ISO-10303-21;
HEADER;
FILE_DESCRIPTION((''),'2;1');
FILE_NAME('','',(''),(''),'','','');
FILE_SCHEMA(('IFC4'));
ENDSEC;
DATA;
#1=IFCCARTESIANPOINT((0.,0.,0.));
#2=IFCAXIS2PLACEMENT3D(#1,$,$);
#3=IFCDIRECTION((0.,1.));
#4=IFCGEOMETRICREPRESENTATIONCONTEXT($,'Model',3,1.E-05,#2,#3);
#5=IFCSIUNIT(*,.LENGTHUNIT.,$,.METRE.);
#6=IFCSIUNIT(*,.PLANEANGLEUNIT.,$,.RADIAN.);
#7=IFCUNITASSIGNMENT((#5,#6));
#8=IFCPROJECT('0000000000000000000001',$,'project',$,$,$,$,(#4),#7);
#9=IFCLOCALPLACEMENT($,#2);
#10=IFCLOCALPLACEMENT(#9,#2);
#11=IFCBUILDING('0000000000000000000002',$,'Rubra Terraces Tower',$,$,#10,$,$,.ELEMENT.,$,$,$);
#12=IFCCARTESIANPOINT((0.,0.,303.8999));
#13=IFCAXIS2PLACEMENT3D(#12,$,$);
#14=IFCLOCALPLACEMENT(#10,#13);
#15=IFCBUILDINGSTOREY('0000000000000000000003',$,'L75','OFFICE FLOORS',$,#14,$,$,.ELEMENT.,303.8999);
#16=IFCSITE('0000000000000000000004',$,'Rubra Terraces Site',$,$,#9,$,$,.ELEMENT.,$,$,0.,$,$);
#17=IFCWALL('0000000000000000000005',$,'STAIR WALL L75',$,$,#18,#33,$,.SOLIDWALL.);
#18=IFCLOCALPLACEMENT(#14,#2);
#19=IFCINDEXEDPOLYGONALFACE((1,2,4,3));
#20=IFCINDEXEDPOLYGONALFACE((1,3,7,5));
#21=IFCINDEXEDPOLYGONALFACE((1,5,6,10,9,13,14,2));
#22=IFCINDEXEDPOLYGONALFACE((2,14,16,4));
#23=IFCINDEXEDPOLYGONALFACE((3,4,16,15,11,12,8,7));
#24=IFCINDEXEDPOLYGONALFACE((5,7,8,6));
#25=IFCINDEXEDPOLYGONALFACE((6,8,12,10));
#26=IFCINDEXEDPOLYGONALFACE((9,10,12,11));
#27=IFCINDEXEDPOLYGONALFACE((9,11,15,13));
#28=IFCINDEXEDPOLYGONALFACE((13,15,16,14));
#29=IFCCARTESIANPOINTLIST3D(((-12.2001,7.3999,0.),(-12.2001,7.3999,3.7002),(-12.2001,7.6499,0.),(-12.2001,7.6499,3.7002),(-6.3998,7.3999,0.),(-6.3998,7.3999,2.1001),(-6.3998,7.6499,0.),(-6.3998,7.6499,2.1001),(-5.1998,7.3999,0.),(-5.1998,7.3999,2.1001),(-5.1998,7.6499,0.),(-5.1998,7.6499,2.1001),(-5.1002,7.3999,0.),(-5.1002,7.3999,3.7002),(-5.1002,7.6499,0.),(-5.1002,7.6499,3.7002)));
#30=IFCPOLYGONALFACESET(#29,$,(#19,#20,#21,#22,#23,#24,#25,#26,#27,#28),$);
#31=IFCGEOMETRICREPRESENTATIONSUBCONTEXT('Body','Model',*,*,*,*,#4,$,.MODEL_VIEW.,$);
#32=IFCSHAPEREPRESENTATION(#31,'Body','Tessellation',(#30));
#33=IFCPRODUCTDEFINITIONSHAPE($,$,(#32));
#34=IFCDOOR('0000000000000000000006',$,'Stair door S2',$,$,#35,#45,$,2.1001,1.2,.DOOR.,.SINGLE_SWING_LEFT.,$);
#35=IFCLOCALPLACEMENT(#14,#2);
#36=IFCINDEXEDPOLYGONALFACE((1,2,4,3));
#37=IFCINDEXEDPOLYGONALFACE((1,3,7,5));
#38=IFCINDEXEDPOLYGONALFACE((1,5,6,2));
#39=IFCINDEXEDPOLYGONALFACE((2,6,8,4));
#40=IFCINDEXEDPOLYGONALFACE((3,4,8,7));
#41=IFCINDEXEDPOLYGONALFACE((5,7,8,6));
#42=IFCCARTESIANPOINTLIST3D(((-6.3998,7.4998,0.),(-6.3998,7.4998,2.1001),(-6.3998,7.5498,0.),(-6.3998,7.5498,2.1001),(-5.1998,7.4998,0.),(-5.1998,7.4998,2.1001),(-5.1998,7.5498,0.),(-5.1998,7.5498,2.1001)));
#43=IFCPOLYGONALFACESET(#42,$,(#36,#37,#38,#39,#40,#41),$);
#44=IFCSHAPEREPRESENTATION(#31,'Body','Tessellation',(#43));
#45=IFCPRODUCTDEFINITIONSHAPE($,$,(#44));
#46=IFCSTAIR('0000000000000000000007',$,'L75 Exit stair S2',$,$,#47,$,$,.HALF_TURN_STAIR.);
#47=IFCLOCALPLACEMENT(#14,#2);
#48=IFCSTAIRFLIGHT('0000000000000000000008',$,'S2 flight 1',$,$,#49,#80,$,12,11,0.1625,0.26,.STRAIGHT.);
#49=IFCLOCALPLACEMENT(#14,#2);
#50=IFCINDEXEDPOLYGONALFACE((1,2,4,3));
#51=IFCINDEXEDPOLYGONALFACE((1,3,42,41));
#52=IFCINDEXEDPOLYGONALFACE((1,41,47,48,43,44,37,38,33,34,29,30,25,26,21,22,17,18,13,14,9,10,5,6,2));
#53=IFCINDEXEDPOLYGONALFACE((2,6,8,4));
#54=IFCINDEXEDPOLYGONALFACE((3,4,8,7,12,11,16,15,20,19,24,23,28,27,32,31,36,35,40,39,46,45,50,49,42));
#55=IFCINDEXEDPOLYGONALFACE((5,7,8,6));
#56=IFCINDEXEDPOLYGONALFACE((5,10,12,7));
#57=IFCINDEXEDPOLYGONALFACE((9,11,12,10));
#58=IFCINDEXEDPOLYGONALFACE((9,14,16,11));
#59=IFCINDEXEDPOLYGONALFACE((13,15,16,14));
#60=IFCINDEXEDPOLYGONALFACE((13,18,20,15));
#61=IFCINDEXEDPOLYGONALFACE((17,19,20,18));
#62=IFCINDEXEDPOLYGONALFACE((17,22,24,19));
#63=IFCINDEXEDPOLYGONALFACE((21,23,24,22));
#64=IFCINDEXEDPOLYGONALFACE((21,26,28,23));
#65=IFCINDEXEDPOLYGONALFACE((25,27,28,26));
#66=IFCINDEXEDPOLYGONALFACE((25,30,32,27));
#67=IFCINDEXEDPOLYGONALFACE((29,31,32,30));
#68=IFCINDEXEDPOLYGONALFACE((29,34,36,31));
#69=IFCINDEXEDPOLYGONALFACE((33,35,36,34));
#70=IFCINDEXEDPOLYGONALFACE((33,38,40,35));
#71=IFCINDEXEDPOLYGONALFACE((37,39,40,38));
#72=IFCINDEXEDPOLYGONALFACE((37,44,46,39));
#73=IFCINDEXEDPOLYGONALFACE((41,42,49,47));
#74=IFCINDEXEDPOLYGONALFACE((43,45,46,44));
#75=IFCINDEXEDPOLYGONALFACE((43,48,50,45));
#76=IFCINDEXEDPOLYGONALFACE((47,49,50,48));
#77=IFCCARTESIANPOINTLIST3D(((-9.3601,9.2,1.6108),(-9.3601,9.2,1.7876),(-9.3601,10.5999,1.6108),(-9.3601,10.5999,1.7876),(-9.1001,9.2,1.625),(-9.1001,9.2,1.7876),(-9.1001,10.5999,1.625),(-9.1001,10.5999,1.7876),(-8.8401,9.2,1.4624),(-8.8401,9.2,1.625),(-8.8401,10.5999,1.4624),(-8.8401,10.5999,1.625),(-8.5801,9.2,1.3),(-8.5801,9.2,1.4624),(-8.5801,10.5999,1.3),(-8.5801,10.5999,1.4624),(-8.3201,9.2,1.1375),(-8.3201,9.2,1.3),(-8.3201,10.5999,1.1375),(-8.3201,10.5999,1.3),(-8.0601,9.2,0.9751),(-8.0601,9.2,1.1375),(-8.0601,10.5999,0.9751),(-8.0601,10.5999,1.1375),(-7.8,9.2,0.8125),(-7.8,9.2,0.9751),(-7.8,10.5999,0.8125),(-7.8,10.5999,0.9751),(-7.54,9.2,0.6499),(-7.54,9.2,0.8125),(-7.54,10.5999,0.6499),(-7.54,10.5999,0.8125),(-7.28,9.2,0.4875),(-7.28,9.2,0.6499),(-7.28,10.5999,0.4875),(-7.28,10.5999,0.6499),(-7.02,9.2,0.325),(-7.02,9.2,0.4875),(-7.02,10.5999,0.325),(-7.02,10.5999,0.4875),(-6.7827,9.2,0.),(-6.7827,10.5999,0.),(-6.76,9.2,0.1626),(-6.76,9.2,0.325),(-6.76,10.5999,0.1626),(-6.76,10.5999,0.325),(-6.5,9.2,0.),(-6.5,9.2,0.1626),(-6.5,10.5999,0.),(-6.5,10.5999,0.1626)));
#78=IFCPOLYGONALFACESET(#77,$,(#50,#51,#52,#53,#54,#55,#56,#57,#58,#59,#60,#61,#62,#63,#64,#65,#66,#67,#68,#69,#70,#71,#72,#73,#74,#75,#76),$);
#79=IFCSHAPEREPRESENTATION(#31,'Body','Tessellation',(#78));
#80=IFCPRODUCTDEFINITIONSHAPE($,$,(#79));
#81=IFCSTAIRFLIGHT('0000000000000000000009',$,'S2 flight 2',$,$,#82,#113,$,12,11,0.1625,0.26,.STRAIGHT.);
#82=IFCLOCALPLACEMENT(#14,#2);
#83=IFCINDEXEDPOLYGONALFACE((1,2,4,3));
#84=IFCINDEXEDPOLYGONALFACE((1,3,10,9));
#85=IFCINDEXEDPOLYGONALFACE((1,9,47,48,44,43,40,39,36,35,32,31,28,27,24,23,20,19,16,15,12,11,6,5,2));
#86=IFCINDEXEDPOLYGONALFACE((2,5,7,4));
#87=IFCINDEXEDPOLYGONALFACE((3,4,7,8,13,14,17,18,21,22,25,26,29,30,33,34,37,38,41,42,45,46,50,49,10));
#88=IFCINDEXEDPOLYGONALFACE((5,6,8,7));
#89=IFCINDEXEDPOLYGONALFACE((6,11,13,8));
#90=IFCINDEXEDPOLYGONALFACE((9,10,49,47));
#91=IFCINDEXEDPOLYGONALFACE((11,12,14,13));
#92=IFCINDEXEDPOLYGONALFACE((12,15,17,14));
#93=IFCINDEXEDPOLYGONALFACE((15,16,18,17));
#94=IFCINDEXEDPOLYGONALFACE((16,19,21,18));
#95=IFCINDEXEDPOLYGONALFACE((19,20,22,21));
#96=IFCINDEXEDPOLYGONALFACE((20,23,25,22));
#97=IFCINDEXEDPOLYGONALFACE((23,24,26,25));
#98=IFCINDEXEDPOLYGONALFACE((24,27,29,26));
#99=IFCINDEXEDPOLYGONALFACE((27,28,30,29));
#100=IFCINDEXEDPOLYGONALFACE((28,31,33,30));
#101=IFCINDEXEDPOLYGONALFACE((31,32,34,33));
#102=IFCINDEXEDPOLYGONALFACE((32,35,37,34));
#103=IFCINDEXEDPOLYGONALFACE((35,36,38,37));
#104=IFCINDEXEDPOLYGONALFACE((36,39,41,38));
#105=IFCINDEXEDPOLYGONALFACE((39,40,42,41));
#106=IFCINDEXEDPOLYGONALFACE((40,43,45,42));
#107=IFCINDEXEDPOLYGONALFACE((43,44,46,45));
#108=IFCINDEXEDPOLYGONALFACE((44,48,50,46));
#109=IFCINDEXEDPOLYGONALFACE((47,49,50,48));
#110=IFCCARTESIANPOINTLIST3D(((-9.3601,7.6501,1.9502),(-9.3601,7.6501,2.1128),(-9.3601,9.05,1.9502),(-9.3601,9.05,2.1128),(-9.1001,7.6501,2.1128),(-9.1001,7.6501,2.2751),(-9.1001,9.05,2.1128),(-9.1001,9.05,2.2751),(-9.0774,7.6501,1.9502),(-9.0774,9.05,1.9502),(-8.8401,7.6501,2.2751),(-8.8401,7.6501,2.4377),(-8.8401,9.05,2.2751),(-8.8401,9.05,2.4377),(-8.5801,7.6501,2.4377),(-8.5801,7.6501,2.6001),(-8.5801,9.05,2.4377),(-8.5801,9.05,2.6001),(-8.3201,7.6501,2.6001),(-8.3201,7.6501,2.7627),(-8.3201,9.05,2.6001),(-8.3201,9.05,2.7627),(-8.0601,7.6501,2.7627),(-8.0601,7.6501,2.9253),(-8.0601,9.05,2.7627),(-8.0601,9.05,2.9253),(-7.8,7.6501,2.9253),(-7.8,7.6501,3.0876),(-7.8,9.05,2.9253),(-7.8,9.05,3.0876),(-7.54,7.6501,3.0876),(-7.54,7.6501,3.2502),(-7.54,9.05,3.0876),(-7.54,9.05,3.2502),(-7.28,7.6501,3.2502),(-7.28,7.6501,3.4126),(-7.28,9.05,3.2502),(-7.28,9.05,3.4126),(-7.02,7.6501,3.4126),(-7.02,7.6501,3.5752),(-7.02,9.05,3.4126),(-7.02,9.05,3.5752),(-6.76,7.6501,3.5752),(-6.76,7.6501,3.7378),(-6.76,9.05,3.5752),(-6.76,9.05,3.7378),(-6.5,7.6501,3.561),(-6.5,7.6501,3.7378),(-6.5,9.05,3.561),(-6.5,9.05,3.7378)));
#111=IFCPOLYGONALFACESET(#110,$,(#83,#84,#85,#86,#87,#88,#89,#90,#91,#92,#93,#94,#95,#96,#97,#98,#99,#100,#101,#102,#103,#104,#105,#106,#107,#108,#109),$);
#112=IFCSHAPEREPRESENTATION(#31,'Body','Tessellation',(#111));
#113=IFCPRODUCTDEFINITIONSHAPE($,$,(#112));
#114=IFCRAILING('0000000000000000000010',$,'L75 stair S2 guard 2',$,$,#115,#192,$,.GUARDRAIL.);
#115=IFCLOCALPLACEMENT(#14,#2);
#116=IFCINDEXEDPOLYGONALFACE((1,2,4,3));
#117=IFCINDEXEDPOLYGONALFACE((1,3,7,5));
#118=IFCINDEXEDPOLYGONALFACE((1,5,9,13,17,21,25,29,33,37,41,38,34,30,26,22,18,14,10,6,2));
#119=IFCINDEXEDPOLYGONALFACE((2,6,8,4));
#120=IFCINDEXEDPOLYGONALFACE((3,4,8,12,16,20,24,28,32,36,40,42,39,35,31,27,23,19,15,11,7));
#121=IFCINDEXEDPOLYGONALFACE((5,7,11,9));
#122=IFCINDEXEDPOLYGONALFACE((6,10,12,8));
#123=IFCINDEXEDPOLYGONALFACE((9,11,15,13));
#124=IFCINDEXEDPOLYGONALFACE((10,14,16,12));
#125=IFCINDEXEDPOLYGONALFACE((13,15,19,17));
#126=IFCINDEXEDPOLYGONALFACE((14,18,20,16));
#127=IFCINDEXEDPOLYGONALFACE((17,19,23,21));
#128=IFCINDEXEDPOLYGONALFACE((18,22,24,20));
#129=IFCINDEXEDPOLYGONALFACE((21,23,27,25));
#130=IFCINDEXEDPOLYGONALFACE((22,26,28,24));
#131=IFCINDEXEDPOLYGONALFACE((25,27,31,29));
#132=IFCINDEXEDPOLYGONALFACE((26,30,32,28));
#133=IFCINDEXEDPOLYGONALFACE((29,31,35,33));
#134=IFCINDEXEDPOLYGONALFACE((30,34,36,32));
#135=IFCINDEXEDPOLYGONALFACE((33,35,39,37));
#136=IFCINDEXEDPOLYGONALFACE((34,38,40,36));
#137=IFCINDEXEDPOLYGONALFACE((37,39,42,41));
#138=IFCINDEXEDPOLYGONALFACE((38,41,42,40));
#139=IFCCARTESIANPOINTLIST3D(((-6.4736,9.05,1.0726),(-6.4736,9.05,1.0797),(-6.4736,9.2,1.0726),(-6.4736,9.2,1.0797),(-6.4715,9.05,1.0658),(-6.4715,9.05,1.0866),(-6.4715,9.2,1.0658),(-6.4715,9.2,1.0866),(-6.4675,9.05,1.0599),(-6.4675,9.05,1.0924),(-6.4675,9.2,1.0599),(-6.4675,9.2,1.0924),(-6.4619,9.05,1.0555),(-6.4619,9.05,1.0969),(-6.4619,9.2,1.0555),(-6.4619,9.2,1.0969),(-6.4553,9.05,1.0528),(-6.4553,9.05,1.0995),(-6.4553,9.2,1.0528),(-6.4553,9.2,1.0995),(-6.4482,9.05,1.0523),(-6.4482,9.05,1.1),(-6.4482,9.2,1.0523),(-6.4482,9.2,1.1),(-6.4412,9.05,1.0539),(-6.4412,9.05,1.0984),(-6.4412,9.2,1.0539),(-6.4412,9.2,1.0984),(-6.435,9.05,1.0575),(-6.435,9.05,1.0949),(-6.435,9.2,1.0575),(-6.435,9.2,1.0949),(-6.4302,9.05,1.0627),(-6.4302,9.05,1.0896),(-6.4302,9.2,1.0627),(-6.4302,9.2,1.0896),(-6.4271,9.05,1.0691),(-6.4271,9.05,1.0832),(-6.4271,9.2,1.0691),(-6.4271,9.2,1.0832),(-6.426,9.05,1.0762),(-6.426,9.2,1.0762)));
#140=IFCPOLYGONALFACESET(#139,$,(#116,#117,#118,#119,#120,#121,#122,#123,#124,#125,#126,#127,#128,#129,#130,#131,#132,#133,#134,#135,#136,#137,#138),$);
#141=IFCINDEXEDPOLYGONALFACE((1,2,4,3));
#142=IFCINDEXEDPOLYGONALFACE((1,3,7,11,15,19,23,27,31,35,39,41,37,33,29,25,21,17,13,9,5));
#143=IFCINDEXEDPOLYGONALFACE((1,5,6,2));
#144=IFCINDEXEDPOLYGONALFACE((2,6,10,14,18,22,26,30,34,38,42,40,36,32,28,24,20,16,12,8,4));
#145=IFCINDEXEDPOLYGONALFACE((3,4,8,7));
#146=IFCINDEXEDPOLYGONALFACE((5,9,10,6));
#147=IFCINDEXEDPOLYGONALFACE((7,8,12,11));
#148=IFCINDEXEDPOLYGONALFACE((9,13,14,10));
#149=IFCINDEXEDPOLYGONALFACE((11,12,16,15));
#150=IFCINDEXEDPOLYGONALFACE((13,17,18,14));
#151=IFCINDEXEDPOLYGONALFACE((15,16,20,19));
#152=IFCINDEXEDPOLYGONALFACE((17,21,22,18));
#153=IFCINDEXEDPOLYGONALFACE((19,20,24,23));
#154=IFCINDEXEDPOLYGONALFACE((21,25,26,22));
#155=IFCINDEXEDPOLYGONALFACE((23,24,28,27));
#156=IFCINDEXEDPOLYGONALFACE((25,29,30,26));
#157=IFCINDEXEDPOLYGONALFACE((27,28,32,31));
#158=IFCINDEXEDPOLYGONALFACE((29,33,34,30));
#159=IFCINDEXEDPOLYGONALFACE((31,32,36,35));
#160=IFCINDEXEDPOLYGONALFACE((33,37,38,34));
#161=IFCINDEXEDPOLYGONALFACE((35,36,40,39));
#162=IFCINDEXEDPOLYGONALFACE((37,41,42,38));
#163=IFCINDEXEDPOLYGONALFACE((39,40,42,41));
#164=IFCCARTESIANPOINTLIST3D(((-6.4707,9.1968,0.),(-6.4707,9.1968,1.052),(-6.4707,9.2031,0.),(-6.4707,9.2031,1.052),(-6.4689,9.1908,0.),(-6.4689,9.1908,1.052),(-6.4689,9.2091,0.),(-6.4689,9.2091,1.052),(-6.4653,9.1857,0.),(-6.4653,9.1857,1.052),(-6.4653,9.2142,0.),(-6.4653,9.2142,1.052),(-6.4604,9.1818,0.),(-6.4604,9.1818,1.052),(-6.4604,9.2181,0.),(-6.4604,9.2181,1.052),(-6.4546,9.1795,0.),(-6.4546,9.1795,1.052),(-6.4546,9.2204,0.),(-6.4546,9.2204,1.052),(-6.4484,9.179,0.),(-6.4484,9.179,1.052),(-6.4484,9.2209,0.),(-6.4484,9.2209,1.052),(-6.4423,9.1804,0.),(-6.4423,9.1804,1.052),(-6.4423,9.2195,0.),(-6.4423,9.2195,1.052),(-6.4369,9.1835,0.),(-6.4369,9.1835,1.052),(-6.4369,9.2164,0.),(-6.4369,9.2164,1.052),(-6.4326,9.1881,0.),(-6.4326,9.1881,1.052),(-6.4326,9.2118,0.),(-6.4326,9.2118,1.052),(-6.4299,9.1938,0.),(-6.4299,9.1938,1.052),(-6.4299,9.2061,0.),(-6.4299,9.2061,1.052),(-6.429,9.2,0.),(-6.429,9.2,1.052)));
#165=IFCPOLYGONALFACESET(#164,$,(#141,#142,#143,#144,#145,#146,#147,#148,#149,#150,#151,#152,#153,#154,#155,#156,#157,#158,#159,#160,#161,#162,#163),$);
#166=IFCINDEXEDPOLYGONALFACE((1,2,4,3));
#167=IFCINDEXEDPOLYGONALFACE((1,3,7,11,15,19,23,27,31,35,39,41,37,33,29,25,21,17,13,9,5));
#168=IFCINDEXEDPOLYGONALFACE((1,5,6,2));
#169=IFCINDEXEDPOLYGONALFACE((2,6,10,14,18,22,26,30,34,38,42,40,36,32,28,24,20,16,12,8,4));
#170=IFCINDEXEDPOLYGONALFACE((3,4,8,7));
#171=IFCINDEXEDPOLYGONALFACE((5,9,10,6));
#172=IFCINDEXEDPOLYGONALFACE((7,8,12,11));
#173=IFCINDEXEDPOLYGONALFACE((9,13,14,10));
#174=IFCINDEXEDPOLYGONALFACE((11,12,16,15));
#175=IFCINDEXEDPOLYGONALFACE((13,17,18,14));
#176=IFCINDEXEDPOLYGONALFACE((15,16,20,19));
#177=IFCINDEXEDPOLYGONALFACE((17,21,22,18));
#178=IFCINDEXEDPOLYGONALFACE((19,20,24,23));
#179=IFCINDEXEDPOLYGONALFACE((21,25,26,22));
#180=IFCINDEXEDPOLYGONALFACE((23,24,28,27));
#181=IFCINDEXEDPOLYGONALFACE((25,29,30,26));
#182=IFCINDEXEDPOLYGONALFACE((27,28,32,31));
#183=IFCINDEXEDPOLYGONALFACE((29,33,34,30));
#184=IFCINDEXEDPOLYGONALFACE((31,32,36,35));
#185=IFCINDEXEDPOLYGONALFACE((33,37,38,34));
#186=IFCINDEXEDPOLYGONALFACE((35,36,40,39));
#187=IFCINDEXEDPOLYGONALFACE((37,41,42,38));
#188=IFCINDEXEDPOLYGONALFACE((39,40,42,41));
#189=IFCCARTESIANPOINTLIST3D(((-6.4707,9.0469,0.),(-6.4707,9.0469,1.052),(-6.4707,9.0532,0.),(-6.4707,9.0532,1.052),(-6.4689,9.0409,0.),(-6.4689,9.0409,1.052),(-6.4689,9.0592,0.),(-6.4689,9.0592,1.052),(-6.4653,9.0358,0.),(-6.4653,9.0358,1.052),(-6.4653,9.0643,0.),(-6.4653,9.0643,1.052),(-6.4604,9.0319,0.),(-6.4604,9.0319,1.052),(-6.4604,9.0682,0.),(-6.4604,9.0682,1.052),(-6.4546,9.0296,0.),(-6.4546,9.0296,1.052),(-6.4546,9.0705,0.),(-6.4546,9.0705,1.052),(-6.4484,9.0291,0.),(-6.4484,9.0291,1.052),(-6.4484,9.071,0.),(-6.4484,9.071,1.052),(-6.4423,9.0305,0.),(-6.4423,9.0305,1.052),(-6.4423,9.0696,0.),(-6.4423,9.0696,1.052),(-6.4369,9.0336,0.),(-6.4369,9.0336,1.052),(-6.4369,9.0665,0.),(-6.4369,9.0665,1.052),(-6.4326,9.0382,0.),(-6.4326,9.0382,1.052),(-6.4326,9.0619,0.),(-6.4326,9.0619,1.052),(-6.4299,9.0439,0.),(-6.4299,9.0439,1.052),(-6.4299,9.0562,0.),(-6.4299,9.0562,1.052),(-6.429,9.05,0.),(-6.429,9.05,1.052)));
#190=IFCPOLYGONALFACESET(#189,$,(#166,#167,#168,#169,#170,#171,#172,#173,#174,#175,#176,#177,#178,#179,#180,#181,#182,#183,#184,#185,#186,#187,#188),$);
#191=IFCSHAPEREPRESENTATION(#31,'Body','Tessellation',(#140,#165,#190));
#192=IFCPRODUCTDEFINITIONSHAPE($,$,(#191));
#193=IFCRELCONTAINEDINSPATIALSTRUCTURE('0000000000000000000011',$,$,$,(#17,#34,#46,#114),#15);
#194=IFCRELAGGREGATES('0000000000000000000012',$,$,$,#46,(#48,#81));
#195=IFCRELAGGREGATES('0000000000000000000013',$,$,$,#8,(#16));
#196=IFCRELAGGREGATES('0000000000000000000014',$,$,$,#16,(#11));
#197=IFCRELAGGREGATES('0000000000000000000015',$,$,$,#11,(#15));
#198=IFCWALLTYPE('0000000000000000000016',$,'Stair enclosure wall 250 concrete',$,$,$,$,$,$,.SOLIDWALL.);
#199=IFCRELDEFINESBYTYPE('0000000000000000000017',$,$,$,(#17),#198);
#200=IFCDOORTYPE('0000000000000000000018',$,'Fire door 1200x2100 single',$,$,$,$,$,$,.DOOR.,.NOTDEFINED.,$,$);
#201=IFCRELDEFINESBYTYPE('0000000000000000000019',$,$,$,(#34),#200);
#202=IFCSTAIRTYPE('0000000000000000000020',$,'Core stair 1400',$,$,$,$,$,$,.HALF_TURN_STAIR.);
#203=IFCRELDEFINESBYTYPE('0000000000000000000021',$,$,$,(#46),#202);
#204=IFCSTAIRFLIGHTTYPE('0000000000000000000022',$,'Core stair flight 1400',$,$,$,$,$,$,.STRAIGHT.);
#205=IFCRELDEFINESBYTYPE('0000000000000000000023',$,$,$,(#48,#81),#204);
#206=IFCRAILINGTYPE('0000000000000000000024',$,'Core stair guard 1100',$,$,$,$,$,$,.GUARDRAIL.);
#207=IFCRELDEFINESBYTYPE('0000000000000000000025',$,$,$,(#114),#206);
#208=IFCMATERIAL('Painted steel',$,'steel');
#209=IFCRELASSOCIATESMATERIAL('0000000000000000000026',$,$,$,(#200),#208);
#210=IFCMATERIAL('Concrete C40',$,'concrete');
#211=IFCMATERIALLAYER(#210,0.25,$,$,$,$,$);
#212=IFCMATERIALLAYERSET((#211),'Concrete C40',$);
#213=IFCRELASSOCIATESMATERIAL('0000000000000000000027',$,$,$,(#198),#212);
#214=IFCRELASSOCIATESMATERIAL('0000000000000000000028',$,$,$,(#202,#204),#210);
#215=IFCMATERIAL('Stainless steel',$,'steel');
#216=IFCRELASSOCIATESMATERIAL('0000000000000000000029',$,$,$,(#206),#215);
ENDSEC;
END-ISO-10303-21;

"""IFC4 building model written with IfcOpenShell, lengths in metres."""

from ifc_helpers import new_model, si_unit, direction, frame, frame_2d, origin, origin_2d, place, context, subcontext, project, spatial, polyline, rectangle, circle, outline, extrude, material, layer, layer_set, type_object, element, fill, aggregate, save


model = new_model("IFC4")

# Units and contexts
model_context = context("Model", 3, precision=1e-05, world=origin(), true_north=direction((0.0, 1.0)))
body_context = subcontext(model_context, "Body", "Model", "MODEL_VIEW")
ifc_project = project(units=[si_unit("LENGTHUNIT", "METRE"), si_unit("PLANEANGLEUNIT", "RADIAN")], contexts=[model_context])

# Site, building, storey
site_placement = place(None, origin())
site = spatial("IfcSite", under=ifc_project, at=site_placement, Name="Rubra Terraces Site", CompositionType="ELEMENT", RefElevation=0.0)
building_placement = place(site_placement, origin())
building = spatial("IfcBuilding", under=site, at=building_placement, Name="Rubra Terraces Tower", CompositionType="ELEMENT")
storey_placement = place(building_placement, frame((0.0, 0.0, 303.8999)))
storey = spatial("IfcBuildingStorey", under=building, at=storey_placement, Name="L75", Description="OFFICE FLOORS", CompositionType="ELEMENT", Elevation=303.8999)

# Shared definitions
ifc_material_1 = material(Name="Concrete C40", Category="concrete")

# Shared definitions
ifc_material_2 = material(Name="Painted steel", Category="steel")
door_type_1 = type_object("IfcDoorType", Name="Fire door 1200x2100 single", OperationType="NOTDEFINED", PredefinedType="DOOR", material=ifc_material_2)
ifc_material_3 = material(Name="Stainless steel", Category="steel")

# Wall, opening, door
ifc_layer_1 = layer(ifc_material_1, 0.25)
ifc_layer_set_1 = layer_set([ifc_layer_1], Name="Concrete C40")
wall_type_1 = type_object("IfcWallType", Name="Stair enclosure wall 250 concrete", PredefinedType="SOLIDWALL", material=ifc_layer_set_1)
wall_1_placement = place(storey_placement, frame((-12.2, 7.5249, 0.0), z_axis=(0.0, 0.0, 1.0), x_axis=(1.0, 0.0, 0.0)))
wall_1 = element("IfcWall", 1, at=wall_1_placement, inside=storey, type_object=wall_type_1, Name="STAIR WALL L75", PredefinedType="SOLIDWALL", context=body_context, shape_type="SweptSolid", body=[
    extrude(rectangle(XDim=7.0999, YDim=0.25, at=frame_2d((3.5498, 0.0))), origin(), (0.0, 0.0, 1.0), 3.7002),
])
opening_1_placement = place(wall_1_placement, frame((5.8, 0.0, 0.0)))
opening_1 = element("IfcOpeningElement", 2, at=opening_1_placement, cuts=wall_1, PredefinedType="OPENING", context=body_context, shape_type="SweptSolid", body=[
    extrude(rectangle(XDim=1.2, YDim=2.1001, at=frame_2d((0.6001, 1.05))), frame((0.0, 0.135, 0.0), z_axis=(0.0, -1.0, 0.0), x_axis=(1.0, 0.0, 0.0)), (0.0, 0.0, 1.0), 0.27),
])
door_1_placement = place(opening_1_placement, origin())
door_1 = element("IfcDoor", 3, at=door_1_placement, inside=storey, type_object=door_type_1, Name="Stair door S2", OperationType="SINGLE_SWING_LEFT", OverallHeight=2.1001, OverallWidth=1.2, PredefinedType="DOOR", context=body_context, shape_type="SweptSolid", body=[
    extrude(rectangle(XDim=1.2, YDim=2.1001, at=frame_2d((0.6001, 1.05))), frame((0.0, 0.0249, 0.0), z_axis=(0.0, -1.0, 0.0), x_axis=(1.0, 0.0, 0.0)), (0.0, 0.0, 1.0), 0.05),
])
fill(opening_1, door_1)

# Stair, stair flights
stair_type = type_object("IfcStairType", Name="Core stair 1400", PredefinedType="HALF_TURN_STAIR", material=ifc_material_1)
stair_placement = place(storey_placement, origin())
stair = element("IfcStair", 4, at=stair_placement, inside=storey, type_object=stair_type, Name="L75 Exit stair S2", PredefinedType="HALF_TURN_STAIR")
stair_flight_type = type_object("IfcStairFlightType", Name="Core stair flight 1400", PredefinedType="STRAIGHT", material=ifc_material_1)
stair_flight_1_placement = place(storey_placement, frame((-6.5, 9.8999, 0.0), z_axis=(0.0, 0.0, 1.0), x_axis=(-1.0, 0.0, 0.0)))
stair_flight_1 = element("IfcStairFlight", 5, at=stair_flight_1_placement, type_object=stair_flight_type, Name="S2 flight 1", NumberOfRisers=12, NumberOfTreads=11, PredefinedType="STRAIGHT", RiserHeight=0.1625, TreadLength=0.26, context=body_context, shape_type="SweptSolid", body=[
    extrude(outline(polyline([(0.0, 0.0), (0.0, 0.1626), (0.26, 0.1626), (0.26, 0.325), (0.52, 0.325), (0.52, 0.4875), (0.78, 0.4875), (0.78, 0.6499), (1.04, 0.6499), (1.04, 0.8125), (1.3, 0.8125), (1.3, 0.9751), (1.5601, 0.9751), (1.5601, 1.1375), (1.8201, 1.1375), (1.8201, 1.3), (2.0801, 1.3), (2.0801, 1.4624), (2.3401, 1.4624), (2.3401, 1.625), (2.6001, 1.625), (2.6001, 1.7876), (2.8601, 1.7876), (2.8601, 1.95), (2.8601, 1.6108), (0.2827, 0.0), (0.0, 0.0)])), frame((0.0, 0.7, 0.0), z_axis=(0.0, -1.0, 0.0), x_axis=(1.0, 0.0, 0.0)), (0.0, 0.0, 1.0), 1.3999),
])
stair_flight_2_placement = place(storey_placement, frame((-9.3601, 8.3501, 1.9502), z_axis=(0.0, 0.0, 1.0), x_axis=(1.0, 0.0, 0.0)))
stair_flight_2 = element("IfcStairFlight", 6, at=stair_flight_2_placement, type_object=stair_flight_type, Name="S2 flight 2", NumberOfRisers=12, NumberOfTreads=11, PredefinedType="STRAIGHT", RiserHeight=0.1625, TreadLength=0.26, context=body_context, shape_type="SweptSolid", body=[
    extrude(outline(polyline([(0.0, 0.0), (0.0, 0.1626), (0.26, 0.1626), (0.26, 0.325), (0.52, 0.325), (0.52, 0.4875), (0.78, 0.4875), (0.78, 0.6499), (1.04, 0.6499), (1.04, 0.8125), (1.3, 0.8125), (1.3, 0.9751), (1.5601, 0.9751), (1.5601, 1.1375), (1.8201, 1.1375), (1.8201, 1.3), (2.0801, 1.3), (2.0801, 1.4624), (2.3401, 1.4624), (2.3401, 1.625), (2.6001, 1.625), (2.6001, 1.7876), (2.8601, 1.7876), (2.8601, 1.95), (2.8601, 1.6108), (0.2827, 0.0), (0.0, 0.0)])), frame((0.0, 0.7, 0.0), z_axis=(0.0, -1.0, 0.0), x_axis=(1.0, 0.0, 0.0)), (0.0, 0.0, 1.0), 1.3999),
])
aggregate(stair, [stair_flight_1, stair_flight_2])

# Railing
railing_type_1 = type_object("IfcRailingType", Name="Core stair guard 1100", PredefinedType="GUARDRAIL", material=ifc_material_3)
railing_1_placement = place(storey_placement, frame((-6.45, 9.2, 0.0)))
element("IfcRailing", 7, at=railing_1_placement, inside=storey, type_object=railing_type_1, Name="L75 stair S2 guard 2", PredefinedType="GUARDRAIL", context=body_context, shape_type="SweptSolid", body=[
    extrude(circle(Radius=0.0239, at=origin_2d()), frame((0.0, 0.0, 1.0762), z_axis=(0.0, -1.0, 0.0), x_axis=(1.0, 0.0, 0.0)), (0.0, 0.0, 1.0), 0.1499),
    extrude(circle(Radius=0.021, at=origin_2d()), origin(), (0.0, 0.0, 1.0), 1.052),
    extrude(circle(Radius=0.021, at=origin_2d()), frame((0.0, -0.1499, 0.0)), (0.0, 0.0, 1.0), 1.052),
])

save(model, "model.ifc")
